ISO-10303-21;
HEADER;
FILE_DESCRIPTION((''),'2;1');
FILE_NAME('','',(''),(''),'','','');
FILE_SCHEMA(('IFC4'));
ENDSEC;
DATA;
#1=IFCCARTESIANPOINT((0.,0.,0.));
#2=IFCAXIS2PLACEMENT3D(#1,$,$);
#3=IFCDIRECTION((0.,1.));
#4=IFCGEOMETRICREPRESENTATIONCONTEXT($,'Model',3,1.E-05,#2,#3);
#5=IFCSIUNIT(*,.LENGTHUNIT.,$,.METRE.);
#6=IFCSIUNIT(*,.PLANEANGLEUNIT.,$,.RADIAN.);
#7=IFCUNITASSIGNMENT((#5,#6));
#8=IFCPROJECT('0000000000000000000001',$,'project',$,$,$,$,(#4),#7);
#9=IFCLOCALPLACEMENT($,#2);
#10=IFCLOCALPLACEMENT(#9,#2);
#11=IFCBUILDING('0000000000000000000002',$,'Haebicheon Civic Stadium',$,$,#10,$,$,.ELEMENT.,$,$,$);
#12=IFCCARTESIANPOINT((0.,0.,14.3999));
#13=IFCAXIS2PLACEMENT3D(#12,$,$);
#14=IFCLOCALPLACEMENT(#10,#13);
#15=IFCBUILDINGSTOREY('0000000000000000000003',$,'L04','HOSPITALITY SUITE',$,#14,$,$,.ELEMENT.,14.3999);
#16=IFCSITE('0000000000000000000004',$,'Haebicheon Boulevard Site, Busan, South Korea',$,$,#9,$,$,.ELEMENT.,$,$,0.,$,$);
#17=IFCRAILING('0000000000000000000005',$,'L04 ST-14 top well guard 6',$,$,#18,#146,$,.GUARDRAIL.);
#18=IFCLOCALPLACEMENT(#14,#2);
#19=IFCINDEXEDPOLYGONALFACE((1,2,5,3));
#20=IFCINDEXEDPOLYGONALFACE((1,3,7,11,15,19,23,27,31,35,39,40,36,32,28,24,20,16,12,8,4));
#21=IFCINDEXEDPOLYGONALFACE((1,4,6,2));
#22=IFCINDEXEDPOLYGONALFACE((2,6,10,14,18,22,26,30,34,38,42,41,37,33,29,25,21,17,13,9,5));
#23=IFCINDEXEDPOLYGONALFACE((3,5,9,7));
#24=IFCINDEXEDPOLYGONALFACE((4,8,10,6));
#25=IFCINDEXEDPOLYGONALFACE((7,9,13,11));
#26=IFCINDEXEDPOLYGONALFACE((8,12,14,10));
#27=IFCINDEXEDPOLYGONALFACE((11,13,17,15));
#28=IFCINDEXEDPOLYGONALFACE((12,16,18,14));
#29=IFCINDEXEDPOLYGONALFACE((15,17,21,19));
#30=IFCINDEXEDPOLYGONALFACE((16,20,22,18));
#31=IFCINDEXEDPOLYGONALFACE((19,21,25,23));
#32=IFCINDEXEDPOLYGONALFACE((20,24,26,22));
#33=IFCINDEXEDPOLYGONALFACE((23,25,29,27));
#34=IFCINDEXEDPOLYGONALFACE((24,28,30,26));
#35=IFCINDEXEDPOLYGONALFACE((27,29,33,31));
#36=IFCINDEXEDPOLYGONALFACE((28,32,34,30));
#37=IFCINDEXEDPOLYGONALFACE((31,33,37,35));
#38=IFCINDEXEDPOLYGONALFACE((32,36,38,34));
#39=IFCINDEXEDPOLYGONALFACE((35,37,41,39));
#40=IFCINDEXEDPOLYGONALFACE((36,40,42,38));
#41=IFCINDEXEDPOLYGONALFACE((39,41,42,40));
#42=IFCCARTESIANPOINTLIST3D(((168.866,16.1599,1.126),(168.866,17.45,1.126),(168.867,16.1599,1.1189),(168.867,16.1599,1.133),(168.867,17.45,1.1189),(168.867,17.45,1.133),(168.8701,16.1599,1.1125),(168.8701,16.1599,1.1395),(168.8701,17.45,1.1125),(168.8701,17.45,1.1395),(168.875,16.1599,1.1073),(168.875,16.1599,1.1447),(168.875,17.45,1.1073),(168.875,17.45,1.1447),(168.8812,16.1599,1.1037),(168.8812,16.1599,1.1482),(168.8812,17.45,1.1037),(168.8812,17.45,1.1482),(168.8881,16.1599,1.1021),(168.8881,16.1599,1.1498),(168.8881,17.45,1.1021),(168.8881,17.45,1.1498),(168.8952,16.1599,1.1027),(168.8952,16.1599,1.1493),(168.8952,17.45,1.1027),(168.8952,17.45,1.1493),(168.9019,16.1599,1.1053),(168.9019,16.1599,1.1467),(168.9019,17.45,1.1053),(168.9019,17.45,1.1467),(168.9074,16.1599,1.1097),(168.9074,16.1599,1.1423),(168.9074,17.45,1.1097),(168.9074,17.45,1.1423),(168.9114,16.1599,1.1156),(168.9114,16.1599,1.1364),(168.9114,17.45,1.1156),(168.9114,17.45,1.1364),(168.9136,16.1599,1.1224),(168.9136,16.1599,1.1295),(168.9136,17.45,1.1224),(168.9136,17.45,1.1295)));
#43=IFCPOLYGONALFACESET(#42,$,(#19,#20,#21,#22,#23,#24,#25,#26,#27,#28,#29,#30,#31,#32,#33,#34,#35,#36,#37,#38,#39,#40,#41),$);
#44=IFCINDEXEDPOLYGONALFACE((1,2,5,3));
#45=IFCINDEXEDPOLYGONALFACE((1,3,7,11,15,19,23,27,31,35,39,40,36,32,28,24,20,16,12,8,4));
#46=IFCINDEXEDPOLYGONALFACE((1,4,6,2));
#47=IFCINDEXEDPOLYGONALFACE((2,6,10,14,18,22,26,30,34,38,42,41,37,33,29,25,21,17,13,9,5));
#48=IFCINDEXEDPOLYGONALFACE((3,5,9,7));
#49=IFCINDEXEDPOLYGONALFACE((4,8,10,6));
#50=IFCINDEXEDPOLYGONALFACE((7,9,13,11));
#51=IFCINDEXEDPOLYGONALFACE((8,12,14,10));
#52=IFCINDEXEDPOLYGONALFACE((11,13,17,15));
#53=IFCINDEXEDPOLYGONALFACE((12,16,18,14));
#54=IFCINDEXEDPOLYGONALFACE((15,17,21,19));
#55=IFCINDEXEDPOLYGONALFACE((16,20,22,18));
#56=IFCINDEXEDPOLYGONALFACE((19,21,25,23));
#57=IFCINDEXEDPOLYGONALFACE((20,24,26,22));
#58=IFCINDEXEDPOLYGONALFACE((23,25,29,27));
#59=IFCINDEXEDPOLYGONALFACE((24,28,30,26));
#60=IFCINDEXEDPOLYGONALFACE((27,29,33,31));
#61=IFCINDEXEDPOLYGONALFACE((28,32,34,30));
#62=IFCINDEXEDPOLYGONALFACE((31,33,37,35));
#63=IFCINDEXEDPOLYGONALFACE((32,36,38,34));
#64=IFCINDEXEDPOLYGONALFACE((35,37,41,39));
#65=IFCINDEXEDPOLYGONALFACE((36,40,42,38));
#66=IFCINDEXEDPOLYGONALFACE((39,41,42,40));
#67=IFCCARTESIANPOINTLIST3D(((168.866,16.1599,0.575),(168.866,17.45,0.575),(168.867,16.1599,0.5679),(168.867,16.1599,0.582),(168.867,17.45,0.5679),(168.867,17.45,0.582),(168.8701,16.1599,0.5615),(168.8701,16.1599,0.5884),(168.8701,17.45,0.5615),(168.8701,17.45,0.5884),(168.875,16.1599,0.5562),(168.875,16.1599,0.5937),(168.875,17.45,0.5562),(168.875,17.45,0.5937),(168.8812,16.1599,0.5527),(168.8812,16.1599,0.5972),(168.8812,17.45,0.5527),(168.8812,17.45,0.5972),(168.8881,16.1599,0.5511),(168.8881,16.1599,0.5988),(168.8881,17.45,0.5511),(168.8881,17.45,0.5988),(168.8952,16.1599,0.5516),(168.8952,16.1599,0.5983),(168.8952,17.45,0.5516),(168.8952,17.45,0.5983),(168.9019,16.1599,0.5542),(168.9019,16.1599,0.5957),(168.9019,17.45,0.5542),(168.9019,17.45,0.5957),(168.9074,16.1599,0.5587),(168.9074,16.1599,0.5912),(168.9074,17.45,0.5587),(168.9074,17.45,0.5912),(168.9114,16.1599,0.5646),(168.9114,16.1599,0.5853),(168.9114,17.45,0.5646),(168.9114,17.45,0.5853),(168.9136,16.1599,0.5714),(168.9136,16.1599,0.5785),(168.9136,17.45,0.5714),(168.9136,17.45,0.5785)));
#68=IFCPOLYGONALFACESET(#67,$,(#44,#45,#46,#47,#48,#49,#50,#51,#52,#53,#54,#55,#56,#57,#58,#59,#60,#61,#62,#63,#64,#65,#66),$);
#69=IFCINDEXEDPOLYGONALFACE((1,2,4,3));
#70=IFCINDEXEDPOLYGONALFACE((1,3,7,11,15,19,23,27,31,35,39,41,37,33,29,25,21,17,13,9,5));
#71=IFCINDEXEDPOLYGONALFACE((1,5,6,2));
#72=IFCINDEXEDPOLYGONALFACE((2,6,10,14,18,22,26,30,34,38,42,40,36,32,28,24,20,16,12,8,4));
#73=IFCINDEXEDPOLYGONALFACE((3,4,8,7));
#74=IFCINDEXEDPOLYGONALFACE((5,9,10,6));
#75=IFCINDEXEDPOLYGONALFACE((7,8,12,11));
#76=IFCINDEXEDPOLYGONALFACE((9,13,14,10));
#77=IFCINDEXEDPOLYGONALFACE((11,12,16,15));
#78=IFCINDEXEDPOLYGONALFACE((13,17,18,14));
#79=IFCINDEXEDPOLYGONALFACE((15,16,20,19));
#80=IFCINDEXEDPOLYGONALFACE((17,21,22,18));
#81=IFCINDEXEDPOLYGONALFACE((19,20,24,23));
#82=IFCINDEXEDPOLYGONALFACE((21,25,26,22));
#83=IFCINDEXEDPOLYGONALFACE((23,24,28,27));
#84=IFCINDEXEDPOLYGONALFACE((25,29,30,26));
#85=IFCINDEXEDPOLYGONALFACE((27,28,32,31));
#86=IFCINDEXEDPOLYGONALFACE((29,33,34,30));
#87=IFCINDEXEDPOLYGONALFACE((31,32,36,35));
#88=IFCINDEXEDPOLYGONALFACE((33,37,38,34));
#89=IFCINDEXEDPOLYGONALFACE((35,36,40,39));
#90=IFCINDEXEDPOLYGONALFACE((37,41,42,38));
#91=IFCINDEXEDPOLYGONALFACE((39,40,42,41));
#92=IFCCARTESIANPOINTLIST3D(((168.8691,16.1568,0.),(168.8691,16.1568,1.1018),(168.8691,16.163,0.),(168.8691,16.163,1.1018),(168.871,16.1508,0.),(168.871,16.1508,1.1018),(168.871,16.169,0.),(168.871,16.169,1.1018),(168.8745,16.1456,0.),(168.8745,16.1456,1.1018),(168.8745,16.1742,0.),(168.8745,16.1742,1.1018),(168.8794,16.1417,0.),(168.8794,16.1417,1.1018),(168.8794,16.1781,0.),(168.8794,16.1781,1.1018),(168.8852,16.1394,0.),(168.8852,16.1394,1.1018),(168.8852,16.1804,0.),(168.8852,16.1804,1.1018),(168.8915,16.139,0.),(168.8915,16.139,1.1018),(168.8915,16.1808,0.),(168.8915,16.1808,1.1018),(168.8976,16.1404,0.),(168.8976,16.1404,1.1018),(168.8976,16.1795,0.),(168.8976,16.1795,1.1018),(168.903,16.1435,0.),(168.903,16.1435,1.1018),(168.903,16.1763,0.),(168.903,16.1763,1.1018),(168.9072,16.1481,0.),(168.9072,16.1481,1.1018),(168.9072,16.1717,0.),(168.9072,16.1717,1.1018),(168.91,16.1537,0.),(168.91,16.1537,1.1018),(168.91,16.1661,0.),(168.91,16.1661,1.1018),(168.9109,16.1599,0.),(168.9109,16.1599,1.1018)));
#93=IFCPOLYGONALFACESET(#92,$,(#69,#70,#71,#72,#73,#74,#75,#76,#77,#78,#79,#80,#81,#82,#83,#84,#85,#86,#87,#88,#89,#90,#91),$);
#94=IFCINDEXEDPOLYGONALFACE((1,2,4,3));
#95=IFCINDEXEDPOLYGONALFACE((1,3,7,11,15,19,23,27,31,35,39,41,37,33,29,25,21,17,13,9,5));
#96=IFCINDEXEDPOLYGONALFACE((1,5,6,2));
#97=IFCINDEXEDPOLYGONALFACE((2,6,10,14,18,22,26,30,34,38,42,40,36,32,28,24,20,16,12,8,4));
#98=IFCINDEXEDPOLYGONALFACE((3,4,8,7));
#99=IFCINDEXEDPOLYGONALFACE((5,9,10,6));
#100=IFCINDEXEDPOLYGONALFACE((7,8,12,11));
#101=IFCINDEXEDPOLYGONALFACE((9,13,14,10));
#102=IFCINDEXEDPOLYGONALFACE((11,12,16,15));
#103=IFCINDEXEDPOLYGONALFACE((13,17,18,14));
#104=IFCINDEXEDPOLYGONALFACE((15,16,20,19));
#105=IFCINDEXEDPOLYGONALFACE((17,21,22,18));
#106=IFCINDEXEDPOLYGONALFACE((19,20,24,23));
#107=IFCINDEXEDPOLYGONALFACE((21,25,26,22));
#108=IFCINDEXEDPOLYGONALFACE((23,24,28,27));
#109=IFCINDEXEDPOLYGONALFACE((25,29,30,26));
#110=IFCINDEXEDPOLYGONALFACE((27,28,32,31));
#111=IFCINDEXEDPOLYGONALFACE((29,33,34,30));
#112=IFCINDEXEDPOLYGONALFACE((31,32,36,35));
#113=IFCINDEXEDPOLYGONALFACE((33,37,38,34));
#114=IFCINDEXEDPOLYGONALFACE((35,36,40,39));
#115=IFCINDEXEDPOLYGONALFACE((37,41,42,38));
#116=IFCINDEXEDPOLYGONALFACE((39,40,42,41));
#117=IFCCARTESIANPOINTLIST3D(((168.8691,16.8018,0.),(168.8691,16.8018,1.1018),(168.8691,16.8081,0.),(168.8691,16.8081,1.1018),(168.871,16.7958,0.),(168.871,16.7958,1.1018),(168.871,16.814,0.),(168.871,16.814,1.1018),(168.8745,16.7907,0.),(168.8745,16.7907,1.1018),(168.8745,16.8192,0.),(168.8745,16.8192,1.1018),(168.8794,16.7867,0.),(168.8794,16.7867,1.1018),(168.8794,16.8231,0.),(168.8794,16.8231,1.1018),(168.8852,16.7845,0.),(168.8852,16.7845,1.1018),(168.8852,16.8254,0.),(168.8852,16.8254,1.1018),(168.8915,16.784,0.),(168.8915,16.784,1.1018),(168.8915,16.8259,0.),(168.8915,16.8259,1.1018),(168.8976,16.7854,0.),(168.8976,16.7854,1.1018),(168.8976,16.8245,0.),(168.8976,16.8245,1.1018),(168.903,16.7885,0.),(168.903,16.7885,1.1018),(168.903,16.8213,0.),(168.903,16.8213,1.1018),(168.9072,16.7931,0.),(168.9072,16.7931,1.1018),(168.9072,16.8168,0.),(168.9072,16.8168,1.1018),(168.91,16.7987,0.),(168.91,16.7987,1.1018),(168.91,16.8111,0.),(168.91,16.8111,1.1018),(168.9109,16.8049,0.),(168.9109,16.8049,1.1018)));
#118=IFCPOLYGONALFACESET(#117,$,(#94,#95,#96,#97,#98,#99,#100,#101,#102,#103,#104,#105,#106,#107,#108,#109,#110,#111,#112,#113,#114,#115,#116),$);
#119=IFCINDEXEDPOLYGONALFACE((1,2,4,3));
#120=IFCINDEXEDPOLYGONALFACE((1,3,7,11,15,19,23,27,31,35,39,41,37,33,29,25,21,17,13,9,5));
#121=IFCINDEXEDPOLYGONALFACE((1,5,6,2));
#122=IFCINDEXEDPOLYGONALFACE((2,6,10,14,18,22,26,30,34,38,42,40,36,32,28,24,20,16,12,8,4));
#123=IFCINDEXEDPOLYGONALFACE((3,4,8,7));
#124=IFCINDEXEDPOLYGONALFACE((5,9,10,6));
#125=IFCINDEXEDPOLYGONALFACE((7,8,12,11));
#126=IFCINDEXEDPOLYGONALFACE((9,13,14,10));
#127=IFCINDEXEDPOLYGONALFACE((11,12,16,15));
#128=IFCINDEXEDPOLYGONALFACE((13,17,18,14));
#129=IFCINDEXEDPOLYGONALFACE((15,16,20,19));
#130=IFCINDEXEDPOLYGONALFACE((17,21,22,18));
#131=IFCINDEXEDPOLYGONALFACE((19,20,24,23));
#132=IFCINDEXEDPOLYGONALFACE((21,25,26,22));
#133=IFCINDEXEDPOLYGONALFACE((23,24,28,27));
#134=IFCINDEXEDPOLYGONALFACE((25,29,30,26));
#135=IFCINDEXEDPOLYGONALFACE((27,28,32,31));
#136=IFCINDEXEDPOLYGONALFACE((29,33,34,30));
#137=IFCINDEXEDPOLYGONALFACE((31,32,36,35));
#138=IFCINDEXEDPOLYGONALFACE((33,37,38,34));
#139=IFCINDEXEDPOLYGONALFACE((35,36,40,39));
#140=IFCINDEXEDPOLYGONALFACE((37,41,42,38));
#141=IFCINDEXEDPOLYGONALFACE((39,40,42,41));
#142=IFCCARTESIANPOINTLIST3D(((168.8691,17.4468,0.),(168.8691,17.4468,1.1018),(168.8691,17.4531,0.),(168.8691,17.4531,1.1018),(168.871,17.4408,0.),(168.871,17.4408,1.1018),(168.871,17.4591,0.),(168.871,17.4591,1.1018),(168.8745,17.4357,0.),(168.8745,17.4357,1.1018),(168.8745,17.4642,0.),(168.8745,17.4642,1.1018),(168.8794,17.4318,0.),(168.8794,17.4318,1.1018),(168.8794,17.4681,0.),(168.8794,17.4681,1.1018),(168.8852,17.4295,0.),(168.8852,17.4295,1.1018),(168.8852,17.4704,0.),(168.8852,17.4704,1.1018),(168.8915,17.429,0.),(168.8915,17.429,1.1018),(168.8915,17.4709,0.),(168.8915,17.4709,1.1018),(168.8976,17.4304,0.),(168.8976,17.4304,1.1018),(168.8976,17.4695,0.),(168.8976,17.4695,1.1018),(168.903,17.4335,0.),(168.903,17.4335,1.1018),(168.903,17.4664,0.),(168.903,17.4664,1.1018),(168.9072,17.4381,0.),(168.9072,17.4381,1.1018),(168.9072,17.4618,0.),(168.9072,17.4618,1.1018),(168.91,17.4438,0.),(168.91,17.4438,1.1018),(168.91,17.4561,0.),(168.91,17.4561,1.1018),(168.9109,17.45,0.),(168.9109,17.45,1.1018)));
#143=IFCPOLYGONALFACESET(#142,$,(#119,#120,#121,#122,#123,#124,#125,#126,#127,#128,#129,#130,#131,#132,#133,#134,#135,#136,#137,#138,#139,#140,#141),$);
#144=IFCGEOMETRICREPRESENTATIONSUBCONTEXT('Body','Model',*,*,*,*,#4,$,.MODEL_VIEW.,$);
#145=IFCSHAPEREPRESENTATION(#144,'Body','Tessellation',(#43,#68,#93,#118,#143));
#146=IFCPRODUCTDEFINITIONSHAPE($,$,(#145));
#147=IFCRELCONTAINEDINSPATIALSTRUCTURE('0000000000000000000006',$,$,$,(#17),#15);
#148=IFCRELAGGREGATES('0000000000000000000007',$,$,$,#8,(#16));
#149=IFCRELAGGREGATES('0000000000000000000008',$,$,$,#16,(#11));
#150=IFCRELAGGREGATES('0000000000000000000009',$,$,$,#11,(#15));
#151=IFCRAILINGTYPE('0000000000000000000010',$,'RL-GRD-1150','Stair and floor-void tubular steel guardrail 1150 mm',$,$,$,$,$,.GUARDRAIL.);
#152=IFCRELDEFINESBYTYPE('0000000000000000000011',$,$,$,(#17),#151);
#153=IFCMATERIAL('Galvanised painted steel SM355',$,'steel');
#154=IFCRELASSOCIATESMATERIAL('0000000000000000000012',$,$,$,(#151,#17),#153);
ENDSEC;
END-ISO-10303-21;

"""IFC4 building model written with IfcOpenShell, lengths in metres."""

from ifc_helpers import new_model, si_unit, direction, frame, origin, origin_2d, place, context, subcontext, project, spatial, circle, extrude, material, type_object, element, save


model = new_model("IFC4")

# Units and contexts
model_context = context("Model", 3, precision=1e-05, world=origin(), true_north=direction((0.0, 1.0)))
body_context = subcontext(model_context, "Body", "Model", "MODEL_VIEW")
ifc_project = project(units=[si_unit("LENGTHUNIT", "METRE"), si_unit("PLANEANGLEUNIT", "RADIAN")], contexts=[model_context])

# Site, building, storey
site_placement = place(None, origin())
site = spatial("IfcSite", under=ifc_project, at=site_placement, Name="Haebicheon Boulevard Site, Busan, South Korea", CompositionType="ELEMENT", RefElevation=0.0)
building_placement = place(site_placement, origin())
building = spatial("IfcBuilding", under=site, at=building_placement, Name="Haebicheon Civic Stadium", CompositionType="ELEMENT")
storey_placement = place(building_placement, frame((0.0, 0.0, 14.3999)))
storey = spatial("IfcBuildingStorey", under=building, at=storey_placement, Name="L04", Description="HOSPITALITY SUITE", CompositionType="ELEMENT", Elevation=14.3999)

# Railing
ifc_material_1 = material(Name="Galvanised painted steel SM355", Category="steel")
railing_type = type_object("IfcRailingType", Name="RL-GRD-1150", Description="Stair and floor-void tubular steel guardrail 1150 mm", PredefinedType="GUARDRAIL", material=ifc_material_1)
for number, where, name in (
    (1, (168.8899, 16.1599, 0.0), "L04 ST-14 top well guard 6"),
):
    element("IfcRailing", number, at=place(storey_placement, frame(where)), inside=storey, type_object=railing_type, material=ifc_material_1, Name=name, PredefinedType="GUARDRAIL", context=body_context, shape_type="SweptSolid", body=[
        extrude(circle(Radius=0.0239, at=origin_2d()), frame((0.0, 0.0, 1.126), z_axis=(0.0, 1.0, 0.0), x_axis=(-1.0, 0.0, 0.0)), (0.0, 0.0, 1.0), 1.29),
        extrude(circle(Radius=0.0239, at=origin_2d()), frame((0.0, 0.0, 0.575), z_axis=(0.0, 1.0, 0.0), x_axis=(-1.0, 0.0, 0.0)), (0.0, 0.0, 1.0), 1.29),
        extrude(circle(Radius=0.021, at=origin_2d()), origin(), (0.0, 0.0, 1.0), 1.1018),
        extrude(circle(Radius=0.021, at=origin_2d()), frame((0.0, 0.645, 0.0)), (0.0, 0.0, 1.0), 1.1018),
        extrude(circle(Radius=0.021, at=origin_2d()), frame((0.0, 1.29, 0.0)), (0.0, 0.0, 1.0), 1.1018),
    ])

save(model, "model.ifc")
